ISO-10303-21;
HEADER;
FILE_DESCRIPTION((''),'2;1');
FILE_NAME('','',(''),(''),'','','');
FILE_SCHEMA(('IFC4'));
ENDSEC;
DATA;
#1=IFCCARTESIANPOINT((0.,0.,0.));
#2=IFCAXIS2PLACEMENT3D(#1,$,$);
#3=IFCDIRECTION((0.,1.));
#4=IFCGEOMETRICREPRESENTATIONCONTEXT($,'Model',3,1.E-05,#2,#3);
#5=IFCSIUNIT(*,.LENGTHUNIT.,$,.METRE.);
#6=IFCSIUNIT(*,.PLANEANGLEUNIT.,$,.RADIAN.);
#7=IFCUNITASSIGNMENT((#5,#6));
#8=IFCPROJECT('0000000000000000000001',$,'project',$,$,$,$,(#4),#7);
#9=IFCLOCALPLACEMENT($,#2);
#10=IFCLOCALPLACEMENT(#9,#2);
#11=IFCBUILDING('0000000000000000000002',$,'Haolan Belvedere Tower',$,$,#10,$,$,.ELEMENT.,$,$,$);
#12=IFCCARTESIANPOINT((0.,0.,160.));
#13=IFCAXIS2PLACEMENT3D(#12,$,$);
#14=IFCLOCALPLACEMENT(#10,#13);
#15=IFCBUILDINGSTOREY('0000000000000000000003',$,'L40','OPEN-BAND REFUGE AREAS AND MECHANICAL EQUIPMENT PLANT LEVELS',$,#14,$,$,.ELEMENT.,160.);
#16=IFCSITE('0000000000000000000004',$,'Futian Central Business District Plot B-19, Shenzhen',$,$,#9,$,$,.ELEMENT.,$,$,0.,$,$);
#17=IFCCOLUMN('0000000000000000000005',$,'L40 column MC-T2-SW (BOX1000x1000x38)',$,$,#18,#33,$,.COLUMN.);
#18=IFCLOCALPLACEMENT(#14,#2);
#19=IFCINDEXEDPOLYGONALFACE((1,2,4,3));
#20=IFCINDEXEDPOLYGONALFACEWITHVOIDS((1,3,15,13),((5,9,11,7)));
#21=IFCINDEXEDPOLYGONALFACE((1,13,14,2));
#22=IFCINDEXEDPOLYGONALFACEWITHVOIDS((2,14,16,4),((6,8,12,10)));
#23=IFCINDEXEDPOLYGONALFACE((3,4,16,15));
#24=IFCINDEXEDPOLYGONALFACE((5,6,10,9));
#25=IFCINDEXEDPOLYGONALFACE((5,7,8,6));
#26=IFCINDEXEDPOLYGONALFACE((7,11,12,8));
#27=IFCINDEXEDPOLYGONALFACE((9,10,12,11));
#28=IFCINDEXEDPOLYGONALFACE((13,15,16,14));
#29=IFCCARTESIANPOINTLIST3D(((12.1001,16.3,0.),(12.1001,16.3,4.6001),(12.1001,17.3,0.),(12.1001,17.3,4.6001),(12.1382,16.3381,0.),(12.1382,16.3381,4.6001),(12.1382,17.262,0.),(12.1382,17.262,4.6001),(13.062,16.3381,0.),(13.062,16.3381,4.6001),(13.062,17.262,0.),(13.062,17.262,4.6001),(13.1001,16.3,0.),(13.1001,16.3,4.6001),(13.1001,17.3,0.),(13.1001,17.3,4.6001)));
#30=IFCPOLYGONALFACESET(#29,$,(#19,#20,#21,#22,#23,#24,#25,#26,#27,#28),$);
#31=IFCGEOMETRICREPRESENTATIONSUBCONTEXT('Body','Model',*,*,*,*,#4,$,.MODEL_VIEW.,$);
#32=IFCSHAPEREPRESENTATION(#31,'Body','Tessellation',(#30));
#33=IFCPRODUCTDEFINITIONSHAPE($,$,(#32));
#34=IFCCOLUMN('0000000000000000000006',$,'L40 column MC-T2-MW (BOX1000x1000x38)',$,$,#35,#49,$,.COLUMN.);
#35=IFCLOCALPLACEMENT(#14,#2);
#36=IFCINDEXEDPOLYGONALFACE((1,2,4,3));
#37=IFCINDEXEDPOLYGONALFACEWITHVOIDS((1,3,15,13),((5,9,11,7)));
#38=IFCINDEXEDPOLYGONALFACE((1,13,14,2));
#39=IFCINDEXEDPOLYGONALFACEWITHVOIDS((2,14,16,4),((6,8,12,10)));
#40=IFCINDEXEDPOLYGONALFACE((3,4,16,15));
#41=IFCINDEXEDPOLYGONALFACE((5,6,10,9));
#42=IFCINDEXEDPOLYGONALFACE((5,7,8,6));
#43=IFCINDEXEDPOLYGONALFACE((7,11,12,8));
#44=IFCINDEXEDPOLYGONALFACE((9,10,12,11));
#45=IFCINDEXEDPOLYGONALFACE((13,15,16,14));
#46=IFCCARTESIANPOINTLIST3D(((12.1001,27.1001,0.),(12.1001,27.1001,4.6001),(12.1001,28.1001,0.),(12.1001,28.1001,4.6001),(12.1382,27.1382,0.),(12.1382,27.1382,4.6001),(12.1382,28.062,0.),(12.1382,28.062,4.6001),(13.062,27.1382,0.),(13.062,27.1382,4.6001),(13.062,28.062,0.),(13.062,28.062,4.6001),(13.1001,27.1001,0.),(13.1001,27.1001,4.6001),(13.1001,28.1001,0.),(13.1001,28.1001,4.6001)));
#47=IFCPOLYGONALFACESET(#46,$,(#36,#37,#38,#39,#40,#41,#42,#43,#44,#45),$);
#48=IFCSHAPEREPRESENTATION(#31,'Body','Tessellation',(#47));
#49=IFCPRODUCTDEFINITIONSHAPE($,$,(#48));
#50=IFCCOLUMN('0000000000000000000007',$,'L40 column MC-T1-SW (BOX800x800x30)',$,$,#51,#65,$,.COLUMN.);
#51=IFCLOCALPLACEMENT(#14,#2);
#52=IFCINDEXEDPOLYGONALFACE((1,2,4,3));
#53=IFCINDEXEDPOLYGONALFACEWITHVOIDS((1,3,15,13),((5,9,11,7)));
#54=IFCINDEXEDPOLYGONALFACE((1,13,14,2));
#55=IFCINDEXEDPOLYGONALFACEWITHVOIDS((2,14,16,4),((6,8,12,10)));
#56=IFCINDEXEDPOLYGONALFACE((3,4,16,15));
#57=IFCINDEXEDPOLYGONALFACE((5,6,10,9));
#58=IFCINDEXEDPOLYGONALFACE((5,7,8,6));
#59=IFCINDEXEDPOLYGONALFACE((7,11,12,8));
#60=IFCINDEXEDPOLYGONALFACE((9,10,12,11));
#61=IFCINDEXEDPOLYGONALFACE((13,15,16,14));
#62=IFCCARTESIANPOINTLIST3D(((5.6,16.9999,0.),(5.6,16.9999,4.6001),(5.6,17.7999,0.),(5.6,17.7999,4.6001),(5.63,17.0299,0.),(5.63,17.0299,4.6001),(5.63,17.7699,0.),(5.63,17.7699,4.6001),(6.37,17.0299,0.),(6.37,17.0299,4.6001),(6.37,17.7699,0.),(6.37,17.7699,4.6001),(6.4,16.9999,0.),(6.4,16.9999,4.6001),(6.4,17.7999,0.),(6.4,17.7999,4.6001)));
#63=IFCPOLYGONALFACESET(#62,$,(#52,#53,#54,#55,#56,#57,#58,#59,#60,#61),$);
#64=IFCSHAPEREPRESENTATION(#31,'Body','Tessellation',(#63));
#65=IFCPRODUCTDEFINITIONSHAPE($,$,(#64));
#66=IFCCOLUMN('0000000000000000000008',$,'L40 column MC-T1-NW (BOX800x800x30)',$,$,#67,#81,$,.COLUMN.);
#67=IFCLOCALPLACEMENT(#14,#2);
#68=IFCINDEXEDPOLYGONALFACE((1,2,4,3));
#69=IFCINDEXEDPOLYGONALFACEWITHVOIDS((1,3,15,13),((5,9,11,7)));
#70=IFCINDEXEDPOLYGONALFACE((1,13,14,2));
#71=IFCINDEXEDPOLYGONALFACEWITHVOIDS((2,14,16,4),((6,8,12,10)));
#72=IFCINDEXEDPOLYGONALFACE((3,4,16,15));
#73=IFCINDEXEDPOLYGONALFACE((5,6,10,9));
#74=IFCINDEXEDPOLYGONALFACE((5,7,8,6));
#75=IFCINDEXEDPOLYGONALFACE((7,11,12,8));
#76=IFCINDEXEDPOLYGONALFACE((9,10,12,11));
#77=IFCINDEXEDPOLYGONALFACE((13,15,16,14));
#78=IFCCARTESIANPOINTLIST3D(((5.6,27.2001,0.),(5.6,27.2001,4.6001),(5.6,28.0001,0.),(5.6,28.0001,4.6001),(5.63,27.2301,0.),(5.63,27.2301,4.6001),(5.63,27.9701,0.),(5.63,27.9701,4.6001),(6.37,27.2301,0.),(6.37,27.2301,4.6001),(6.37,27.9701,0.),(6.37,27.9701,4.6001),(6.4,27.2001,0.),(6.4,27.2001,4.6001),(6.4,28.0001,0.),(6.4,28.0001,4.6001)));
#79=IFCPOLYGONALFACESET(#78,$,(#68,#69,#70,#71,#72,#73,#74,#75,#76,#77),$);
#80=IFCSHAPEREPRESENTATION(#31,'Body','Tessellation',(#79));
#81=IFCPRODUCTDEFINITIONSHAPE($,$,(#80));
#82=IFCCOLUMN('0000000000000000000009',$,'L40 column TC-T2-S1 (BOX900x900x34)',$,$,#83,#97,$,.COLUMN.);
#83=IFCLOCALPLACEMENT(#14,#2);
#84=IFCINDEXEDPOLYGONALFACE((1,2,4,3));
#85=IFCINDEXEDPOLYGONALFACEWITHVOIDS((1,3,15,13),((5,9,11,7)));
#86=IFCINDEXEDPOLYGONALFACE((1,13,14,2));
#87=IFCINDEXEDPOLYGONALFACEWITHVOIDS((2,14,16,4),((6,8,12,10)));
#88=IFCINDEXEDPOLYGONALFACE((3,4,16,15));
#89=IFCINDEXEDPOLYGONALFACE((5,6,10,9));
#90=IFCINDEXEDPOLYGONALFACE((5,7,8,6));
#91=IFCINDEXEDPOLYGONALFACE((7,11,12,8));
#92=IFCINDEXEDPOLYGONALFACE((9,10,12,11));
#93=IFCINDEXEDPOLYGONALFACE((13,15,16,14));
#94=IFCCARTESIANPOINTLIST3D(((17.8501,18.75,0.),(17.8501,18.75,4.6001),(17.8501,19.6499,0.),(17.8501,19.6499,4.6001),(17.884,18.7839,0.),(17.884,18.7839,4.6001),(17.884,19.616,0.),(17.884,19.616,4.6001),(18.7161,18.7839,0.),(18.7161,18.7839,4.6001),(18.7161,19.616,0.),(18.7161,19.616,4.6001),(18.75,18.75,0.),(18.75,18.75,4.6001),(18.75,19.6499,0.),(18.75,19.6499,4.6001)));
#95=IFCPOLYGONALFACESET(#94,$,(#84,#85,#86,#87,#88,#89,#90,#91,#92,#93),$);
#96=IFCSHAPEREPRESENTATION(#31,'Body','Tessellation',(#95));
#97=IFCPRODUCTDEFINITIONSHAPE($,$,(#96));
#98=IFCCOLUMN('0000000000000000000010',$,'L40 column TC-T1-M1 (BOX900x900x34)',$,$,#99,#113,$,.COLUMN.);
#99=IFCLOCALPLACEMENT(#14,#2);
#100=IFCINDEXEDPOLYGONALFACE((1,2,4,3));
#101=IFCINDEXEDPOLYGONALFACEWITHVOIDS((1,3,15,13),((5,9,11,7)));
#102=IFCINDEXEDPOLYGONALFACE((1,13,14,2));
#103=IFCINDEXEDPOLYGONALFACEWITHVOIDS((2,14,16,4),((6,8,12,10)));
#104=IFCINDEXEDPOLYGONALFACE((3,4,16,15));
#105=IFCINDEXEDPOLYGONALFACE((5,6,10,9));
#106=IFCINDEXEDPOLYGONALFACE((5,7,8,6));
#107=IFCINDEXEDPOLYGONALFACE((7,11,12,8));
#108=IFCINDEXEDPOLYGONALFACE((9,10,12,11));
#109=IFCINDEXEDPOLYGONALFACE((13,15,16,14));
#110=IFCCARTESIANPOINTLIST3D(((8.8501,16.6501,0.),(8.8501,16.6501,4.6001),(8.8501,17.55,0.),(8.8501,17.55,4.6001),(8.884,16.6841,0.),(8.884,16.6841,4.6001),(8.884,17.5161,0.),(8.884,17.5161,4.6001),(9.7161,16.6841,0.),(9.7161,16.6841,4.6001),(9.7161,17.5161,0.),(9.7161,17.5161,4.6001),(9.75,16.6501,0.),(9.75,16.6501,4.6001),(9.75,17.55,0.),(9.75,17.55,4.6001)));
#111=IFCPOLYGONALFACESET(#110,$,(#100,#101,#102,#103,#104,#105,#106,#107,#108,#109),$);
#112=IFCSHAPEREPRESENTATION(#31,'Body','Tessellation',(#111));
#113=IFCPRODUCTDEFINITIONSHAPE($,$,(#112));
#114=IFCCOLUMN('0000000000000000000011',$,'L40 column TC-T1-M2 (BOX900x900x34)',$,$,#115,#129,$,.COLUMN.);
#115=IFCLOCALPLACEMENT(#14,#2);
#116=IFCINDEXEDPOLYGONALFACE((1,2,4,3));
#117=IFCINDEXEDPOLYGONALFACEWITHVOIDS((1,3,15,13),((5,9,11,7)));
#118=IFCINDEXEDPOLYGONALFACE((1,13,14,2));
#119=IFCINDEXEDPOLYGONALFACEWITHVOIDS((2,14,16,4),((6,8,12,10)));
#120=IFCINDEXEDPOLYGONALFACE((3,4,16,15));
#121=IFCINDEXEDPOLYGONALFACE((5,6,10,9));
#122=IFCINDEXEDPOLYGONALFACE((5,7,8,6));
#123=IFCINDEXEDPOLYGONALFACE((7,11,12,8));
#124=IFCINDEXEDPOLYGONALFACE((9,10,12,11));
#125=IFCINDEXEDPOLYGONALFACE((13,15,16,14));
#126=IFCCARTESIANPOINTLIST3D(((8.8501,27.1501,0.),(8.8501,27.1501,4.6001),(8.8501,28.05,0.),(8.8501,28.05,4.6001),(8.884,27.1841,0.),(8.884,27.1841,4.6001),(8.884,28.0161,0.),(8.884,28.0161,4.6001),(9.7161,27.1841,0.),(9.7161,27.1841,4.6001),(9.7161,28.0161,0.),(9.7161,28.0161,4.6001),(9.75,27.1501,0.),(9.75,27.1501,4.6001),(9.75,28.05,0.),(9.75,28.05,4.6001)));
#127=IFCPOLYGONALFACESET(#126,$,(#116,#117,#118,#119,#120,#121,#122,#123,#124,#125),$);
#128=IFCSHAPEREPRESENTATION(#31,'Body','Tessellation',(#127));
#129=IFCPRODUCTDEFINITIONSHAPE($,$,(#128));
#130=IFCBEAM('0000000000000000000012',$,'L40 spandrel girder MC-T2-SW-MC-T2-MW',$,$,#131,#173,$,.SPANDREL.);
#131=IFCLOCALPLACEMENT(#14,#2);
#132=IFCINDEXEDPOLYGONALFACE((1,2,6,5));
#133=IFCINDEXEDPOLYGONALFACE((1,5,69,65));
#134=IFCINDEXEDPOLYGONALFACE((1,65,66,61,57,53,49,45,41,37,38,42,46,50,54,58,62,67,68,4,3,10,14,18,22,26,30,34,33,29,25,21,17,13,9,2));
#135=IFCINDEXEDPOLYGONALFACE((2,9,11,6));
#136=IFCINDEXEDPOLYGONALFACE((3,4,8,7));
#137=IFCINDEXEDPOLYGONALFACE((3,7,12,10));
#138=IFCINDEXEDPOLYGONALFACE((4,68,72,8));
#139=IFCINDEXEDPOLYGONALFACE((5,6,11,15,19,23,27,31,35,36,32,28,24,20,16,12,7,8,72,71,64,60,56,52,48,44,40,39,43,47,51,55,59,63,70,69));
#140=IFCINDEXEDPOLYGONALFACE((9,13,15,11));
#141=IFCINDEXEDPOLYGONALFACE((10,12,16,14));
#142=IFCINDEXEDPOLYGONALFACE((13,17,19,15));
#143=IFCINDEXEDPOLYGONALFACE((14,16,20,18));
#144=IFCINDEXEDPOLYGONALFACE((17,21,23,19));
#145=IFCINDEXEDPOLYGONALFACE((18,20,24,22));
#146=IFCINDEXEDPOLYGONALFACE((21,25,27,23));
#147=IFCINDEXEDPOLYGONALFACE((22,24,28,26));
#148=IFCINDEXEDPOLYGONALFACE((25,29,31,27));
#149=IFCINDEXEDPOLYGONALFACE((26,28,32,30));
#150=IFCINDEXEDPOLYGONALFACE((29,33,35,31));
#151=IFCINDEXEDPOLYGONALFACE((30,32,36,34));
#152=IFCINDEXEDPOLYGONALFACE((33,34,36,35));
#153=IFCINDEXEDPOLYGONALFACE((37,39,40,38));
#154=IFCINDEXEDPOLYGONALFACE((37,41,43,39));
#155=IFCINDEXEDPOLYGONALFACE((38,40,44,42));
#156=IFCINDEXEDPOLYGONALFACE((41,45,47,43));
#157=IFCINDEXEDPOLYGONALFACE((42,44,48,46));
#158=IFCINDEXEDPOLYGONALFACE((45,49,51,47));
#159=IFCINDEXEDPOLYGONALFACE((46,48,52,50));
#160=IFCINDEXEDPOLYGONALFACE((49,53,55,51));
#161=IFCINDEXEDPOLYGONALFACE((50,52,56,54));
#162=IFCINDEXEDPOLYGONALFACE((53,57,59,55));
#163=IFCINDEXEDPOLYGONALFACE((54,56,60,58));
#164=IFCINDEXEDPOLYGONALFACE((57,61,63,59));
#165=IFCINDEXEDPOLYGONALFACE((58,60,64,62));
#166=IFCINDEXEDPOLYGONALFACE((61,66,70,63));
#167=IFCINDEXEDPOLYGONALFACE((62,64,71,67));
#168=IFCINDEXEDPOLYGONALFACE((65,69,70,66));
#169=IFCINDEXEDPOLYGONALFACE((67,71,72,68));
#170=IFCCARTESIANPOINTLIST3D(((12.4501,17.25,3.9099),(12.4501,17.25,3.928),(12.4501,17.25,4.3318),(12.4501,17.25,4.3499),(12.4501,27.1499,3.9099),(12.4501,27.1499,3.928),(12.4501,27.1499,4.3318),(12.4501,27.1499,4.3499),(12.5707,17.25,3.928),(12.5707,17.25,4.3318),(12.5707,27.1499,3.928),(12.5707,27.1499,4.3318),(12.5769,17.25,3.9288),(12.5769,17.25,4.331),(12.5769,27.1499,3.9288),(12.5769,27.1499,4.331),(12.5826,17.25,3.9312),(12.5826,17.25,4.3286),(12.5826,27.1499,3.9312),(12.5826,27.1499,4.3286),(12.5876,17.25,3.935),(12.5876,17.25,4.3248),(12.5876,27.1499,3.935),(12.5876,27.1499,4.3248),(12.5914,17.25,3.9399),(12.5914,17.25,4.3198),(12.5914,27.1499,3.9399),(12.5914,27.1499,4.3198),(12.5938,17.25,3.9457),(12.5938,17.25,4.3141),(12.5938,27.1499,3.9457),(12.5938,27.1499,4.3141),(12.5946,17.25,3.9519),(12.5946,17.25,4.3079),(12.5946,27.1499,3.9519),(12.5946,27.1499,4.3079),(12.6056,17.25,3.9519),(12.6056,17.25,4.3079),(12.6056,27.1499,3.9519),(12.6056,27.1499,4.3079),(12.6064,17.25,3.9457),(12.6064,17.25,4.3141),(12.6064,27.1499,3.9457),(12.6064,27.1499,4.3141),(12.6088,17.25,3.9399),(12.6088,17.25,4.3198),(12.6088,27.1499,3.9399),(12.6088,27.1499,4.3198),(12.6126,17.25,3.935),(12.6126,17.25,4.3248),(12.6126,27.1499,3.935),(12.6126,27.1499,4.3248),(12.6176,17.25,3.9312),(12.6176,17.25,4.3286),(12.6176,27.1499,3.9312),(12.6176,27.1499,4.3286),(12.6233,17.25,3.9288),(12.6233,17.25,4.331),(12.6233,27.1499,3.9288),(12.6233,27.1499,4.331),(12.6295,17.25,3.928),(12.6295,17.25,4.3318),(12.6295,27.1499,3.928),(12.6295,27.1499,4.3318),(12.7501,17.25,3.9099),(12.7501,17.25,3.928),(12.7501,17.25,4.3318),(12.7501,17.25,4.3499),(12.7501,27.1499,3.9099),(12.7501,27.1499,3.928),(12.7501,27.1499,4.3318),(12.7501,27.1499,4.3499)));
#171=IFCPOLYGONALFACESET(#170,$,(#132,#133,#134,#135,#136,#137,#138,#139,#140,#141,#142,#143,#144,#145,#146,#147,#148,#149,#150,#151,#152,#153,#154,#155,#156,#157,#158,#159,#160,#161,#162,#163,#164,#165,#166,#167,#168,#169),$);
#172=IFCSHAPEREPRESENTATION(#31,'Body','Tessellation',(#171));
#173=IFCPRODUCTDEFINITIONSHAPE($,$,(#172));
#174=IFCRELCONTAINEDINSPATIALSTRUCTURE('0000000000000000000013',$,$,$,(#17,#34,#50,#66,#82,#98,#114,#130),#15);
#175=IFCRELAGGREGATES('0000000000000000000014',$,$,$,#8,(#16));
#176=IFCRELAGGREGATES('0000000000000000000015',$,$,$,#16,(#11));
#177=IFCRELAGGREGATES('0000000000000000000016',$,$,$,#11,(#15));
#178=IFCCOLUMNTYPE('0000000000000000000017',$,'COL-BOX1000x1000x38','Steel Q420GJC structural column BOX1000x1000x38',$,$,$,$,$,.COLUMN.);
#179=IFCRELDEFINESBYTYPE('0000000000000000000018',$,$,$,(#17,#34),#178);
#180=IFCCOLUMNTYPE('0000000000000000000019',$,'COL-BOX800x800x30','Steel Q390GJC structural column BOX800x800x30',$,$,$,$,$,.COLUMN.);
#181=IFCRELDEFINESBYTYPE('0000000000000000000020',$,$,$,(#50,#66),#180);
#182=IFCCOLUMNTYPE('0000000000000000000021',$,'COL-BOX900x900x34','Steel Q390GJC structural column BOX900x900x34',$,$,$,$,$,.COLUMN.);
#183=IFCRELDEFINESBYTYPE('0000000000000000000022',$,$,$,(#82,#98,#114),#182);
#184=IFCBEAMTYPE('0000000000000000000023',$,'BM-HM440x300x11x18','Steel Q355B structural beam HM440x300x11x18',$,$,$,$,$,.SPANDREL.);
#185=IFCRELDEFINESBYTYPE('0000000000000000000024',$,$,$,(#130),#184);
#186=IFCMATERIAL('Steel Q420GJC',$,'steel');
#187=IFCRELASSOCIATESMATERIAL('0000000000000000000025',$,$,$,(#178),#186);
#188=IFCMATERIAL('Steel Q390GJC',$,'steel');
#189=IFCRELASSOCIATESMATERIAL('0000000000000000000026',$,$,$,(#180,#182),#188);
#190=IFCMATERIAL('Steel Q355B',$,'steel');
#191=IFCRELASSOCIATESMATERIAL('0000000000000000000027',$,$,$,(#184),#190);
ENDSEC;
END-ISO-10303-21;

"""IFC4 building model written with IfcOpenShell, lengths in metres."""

from ifc_helpers import new_model, si_unit, direction, frame, origin, origin_2d, place, context, subcontext, project, spatial, hollow_rectangle, i_section, extrude, material, material_profile, profile_set, type_object, element, save


model = new_model("IFC4")

# Units and contexts
model_context = context("Model", 3, precision=1e-05, world=origin(), true_north=direction((0.0, 1.0)))
body_context = subcontext(model_context, "Body", "Model", "MODEL_VIEW")
ifc_project = project(units=[si_unit("LENGTHUNIT", "METRE"), si_unit("PLANEANGLEUNIT", "RADIAN")], contexts=[model_context])

# Site, building, storey
site_placement = place(None, origin())
site = spatial("IfcSite", under=ifc_project, at=site_placement, Name="Futian Central Business District Plot B-19, Shenzhen", CompositionType="ELEMENT", RefElevation=0.0)
building_placement = place(site_placement, origin())
building = spatial("IfcBuilding", under=site, at=building_placement, Name="Haolan Belvedere Tower", CompositionType="ELEMENT")
storey_placement = place(building_placement, frame((0.0, 0.0, 160.0)))
storey = spatial("IfcBuildingStorey", under=building, at=storey_placement, Name="L40", Description="OPEN-BAND REFUGE AREAS AND MECHANICAL EQUIPMENT PLANT LEVELS", CompositionType="ELEMENT", Elevation=160.0)

# Columns
ifc_material_1 = material(Name="Steel Q420GJC", Category="steel")
ifc_material_profile_1 = material_profile(ifc_material_1, hollow_rectangle(XDim=1.0, YDim=1.0, WallThickness=0.0381, at=origin_2d()), Name="Steel Q420GJC")
ifc_profile_set_1 = profile_set([ifc_material_profile_1], Name="Steel Q420GJC")
column_type_1 = type_object("IfcColumnType", Name="COL-BOX1000x1000x38", Description="Steel Q420GJC structural column BOX1000x1000x38", PredefinedType="COLUMN", material=ifc_profile_set_1)
for number, where, z_axis, x_axis, name in (
    (1, (12.6001, 16.8, 0.0), (0.0, 0.0, 1.0), (1.0, 0.0, 0.0), "L40 column MC-T2-SW (BOX1000x1000x38)"),
    (2, (12.6001, 27.6001, 0.0), (0.0, 0.0, 1.0), (1.0, 0.0, 0.0), "L40 column MC-T2-MW (BOX1000x1000x38)"),
):
    element("IfcColumn", number, at=place(storey_placement, frame(where, z_axis=z_axis, x_axis=x_axis)), inside=storey, type_object=column_type_1, Name=name, PredefinedType="COLUMN", context=body_context, shape_type="SweptSolid", body=[
        extrude(hollow_rectangle(XDim=1.0, YDim=1.0, WallThickness=0.0381, at=origin_2d()), origin(), (0.0, 0.0, 1.0), 4.6001),
    ])
ifc_material_2 = material(Name="Steel Q390GJC", Category="steel")
ifc_material_profile_2 = material_profile(ifc_material_2, hollow_rectangle(XDim=0.8, YDim=0.8, WallThickness=0.03, at=origin_2d()), Name="Steel Q390GJC")
ifc_profile_set_2 = profile_set([ifc_material_profile_2], Name="Steel Q390GJC")
column_type_2 = type_object("IfcColumnType", Name="COL-BOX800x800x30", Description="Steel Q390GJC structural column BOX800x800x30", PredefinedType="COLUMN", material=ifc_profile_set_2)
for number, where, z_axis, x_axis, name in (
    (3, (6.0, 17.3999, 0.0), (0.0, 0.0, 1.0), (1.0, 0.0, 0.0), "L40 column MC-T1-SW (BOX800x800x30)"),
    (4, (6.0, 27.6001, 0.0), (0.0, 0.0, 1.0), (1.0, 0.0, 0.0), "L40 column MC-T1-NW (BOX800x800x30)"),
):
    element("IfcColumn", number, at=place(storey_placement, frame(where, z_axis=z_axis, x_axis=x_axis)), inside=storey, type_object=column_type_2, Name=name, PredefinedType="COLUMN", context=body_context, shape_type="SweptSolid", body=[
        extrude(hollow_rectangle(XDim=0.8, YDim=0.8, WallThickness=0.03, at=origin_2d()), origin(), (0.0, 0.0, 1.0), 4.6001),
    ])
ifc_material_profile_3 = material_profile(ifc_material_2, hollow_rectangle(XDim=0.8999, YDim=0.8999, WallThickness=0.0339, at=origin_2d()), Name="Steel Q390GJC")
ifc_profile_set_3 = profile_set([ifc_material_profile_3], Name="Steel Q390GJC")
column_type_3 = type_object("IfcColumnType", Name="COL-BOX900x900x34", Description="Steel Q390GJC structural column BOX900x900x34", PredefinedType="COLUMN", material=ifc_profile_set_3)
for number, where, z_axis, x_axis, name in (
    (5, (18.3, 19.2, 0.0), (0.0, 0.0, 1.0), (1.0, 0.0, 0.0), "L40 column TC-T2-S1 (BOX900x900x34)"),
    (6, (9.3, 17.1001, 0.0), (0.0, 0.0, 1.0), (1.0, 0.0, 0.0), "L40 column TC-T1-M1 (BOX900x900x34)"),
    (7, (9.3, 27.6001, 0.0), (0.0, 0.0, 1.0), (1.0, 0.0, 0.0), "L40 column TC-T1-M2 (BOX900x900x34)"),
):
    element("IfcColumn", number, at=place(storey_placement, frame(where, z_axis=z_axis, x_axis=x_axis)), inside=storey, type_object=column_type_3, Name=name, PredefinedType="COLUMN", context=body_context, shape_type="SweptSolid", body=[
        extrude(hollow_rectangle(XDim=0.8999, YDim=0.8999, WallThickness=0.0339, at=origin_2d()), origin(), (0.0, 0.0, 1.0), 4.6001),
    ])

# Beam
ifc_material_3 = material(Name="Steel Q355B", Category="steel")
ifc_material_profile_4 = material_profile(ifc_material_3, i_section(OverallWidth=0.3, OverallDepth=0.4399, WebThickness=0.011, FlangeThickness=0.0181, FilletRadius=0.0239, at=origin_2d()), Name="Steel Q355B")
ifc_profile_set_4 = profile_set([ifc_material_profile_4], Name="Steel Q355B")
beam_type_1 = type_object("IfcBeamType", Name="BM-HM440x300x11x18", Description="Steel Q355B structural beam HM440x300x11x18", PredefinedType="SPANDREL", material=ifc_profile_set_4)
beam_1_placement = place(storey_placement, frame((12.6001, 17.25, 4.1299), z_axis=(0.0, 1.0, 0.0), x_axis=(-1.0, 0.0, 0.0)))
element("IfcBeam", 8, at=beam_1_placement, inside=storey, type_object=beam_type_1, Name="L40 spandrel girder MC-T2-SW-MC-T2-MW", PredefinedType="SPANDREL", context=body_context, shape_type="SweptSolid", body=[
    extrude(i_section(OverallWidth=0.3, OverallDepth=0.4399, WebThickness=0.011, FlangeThickness=0.0181, FilletRadius=0.0239, at=origin_2d()), origin(), (0.0, 0.0, 1.0), 9.8999),
])

save(model, "model.ifc")
